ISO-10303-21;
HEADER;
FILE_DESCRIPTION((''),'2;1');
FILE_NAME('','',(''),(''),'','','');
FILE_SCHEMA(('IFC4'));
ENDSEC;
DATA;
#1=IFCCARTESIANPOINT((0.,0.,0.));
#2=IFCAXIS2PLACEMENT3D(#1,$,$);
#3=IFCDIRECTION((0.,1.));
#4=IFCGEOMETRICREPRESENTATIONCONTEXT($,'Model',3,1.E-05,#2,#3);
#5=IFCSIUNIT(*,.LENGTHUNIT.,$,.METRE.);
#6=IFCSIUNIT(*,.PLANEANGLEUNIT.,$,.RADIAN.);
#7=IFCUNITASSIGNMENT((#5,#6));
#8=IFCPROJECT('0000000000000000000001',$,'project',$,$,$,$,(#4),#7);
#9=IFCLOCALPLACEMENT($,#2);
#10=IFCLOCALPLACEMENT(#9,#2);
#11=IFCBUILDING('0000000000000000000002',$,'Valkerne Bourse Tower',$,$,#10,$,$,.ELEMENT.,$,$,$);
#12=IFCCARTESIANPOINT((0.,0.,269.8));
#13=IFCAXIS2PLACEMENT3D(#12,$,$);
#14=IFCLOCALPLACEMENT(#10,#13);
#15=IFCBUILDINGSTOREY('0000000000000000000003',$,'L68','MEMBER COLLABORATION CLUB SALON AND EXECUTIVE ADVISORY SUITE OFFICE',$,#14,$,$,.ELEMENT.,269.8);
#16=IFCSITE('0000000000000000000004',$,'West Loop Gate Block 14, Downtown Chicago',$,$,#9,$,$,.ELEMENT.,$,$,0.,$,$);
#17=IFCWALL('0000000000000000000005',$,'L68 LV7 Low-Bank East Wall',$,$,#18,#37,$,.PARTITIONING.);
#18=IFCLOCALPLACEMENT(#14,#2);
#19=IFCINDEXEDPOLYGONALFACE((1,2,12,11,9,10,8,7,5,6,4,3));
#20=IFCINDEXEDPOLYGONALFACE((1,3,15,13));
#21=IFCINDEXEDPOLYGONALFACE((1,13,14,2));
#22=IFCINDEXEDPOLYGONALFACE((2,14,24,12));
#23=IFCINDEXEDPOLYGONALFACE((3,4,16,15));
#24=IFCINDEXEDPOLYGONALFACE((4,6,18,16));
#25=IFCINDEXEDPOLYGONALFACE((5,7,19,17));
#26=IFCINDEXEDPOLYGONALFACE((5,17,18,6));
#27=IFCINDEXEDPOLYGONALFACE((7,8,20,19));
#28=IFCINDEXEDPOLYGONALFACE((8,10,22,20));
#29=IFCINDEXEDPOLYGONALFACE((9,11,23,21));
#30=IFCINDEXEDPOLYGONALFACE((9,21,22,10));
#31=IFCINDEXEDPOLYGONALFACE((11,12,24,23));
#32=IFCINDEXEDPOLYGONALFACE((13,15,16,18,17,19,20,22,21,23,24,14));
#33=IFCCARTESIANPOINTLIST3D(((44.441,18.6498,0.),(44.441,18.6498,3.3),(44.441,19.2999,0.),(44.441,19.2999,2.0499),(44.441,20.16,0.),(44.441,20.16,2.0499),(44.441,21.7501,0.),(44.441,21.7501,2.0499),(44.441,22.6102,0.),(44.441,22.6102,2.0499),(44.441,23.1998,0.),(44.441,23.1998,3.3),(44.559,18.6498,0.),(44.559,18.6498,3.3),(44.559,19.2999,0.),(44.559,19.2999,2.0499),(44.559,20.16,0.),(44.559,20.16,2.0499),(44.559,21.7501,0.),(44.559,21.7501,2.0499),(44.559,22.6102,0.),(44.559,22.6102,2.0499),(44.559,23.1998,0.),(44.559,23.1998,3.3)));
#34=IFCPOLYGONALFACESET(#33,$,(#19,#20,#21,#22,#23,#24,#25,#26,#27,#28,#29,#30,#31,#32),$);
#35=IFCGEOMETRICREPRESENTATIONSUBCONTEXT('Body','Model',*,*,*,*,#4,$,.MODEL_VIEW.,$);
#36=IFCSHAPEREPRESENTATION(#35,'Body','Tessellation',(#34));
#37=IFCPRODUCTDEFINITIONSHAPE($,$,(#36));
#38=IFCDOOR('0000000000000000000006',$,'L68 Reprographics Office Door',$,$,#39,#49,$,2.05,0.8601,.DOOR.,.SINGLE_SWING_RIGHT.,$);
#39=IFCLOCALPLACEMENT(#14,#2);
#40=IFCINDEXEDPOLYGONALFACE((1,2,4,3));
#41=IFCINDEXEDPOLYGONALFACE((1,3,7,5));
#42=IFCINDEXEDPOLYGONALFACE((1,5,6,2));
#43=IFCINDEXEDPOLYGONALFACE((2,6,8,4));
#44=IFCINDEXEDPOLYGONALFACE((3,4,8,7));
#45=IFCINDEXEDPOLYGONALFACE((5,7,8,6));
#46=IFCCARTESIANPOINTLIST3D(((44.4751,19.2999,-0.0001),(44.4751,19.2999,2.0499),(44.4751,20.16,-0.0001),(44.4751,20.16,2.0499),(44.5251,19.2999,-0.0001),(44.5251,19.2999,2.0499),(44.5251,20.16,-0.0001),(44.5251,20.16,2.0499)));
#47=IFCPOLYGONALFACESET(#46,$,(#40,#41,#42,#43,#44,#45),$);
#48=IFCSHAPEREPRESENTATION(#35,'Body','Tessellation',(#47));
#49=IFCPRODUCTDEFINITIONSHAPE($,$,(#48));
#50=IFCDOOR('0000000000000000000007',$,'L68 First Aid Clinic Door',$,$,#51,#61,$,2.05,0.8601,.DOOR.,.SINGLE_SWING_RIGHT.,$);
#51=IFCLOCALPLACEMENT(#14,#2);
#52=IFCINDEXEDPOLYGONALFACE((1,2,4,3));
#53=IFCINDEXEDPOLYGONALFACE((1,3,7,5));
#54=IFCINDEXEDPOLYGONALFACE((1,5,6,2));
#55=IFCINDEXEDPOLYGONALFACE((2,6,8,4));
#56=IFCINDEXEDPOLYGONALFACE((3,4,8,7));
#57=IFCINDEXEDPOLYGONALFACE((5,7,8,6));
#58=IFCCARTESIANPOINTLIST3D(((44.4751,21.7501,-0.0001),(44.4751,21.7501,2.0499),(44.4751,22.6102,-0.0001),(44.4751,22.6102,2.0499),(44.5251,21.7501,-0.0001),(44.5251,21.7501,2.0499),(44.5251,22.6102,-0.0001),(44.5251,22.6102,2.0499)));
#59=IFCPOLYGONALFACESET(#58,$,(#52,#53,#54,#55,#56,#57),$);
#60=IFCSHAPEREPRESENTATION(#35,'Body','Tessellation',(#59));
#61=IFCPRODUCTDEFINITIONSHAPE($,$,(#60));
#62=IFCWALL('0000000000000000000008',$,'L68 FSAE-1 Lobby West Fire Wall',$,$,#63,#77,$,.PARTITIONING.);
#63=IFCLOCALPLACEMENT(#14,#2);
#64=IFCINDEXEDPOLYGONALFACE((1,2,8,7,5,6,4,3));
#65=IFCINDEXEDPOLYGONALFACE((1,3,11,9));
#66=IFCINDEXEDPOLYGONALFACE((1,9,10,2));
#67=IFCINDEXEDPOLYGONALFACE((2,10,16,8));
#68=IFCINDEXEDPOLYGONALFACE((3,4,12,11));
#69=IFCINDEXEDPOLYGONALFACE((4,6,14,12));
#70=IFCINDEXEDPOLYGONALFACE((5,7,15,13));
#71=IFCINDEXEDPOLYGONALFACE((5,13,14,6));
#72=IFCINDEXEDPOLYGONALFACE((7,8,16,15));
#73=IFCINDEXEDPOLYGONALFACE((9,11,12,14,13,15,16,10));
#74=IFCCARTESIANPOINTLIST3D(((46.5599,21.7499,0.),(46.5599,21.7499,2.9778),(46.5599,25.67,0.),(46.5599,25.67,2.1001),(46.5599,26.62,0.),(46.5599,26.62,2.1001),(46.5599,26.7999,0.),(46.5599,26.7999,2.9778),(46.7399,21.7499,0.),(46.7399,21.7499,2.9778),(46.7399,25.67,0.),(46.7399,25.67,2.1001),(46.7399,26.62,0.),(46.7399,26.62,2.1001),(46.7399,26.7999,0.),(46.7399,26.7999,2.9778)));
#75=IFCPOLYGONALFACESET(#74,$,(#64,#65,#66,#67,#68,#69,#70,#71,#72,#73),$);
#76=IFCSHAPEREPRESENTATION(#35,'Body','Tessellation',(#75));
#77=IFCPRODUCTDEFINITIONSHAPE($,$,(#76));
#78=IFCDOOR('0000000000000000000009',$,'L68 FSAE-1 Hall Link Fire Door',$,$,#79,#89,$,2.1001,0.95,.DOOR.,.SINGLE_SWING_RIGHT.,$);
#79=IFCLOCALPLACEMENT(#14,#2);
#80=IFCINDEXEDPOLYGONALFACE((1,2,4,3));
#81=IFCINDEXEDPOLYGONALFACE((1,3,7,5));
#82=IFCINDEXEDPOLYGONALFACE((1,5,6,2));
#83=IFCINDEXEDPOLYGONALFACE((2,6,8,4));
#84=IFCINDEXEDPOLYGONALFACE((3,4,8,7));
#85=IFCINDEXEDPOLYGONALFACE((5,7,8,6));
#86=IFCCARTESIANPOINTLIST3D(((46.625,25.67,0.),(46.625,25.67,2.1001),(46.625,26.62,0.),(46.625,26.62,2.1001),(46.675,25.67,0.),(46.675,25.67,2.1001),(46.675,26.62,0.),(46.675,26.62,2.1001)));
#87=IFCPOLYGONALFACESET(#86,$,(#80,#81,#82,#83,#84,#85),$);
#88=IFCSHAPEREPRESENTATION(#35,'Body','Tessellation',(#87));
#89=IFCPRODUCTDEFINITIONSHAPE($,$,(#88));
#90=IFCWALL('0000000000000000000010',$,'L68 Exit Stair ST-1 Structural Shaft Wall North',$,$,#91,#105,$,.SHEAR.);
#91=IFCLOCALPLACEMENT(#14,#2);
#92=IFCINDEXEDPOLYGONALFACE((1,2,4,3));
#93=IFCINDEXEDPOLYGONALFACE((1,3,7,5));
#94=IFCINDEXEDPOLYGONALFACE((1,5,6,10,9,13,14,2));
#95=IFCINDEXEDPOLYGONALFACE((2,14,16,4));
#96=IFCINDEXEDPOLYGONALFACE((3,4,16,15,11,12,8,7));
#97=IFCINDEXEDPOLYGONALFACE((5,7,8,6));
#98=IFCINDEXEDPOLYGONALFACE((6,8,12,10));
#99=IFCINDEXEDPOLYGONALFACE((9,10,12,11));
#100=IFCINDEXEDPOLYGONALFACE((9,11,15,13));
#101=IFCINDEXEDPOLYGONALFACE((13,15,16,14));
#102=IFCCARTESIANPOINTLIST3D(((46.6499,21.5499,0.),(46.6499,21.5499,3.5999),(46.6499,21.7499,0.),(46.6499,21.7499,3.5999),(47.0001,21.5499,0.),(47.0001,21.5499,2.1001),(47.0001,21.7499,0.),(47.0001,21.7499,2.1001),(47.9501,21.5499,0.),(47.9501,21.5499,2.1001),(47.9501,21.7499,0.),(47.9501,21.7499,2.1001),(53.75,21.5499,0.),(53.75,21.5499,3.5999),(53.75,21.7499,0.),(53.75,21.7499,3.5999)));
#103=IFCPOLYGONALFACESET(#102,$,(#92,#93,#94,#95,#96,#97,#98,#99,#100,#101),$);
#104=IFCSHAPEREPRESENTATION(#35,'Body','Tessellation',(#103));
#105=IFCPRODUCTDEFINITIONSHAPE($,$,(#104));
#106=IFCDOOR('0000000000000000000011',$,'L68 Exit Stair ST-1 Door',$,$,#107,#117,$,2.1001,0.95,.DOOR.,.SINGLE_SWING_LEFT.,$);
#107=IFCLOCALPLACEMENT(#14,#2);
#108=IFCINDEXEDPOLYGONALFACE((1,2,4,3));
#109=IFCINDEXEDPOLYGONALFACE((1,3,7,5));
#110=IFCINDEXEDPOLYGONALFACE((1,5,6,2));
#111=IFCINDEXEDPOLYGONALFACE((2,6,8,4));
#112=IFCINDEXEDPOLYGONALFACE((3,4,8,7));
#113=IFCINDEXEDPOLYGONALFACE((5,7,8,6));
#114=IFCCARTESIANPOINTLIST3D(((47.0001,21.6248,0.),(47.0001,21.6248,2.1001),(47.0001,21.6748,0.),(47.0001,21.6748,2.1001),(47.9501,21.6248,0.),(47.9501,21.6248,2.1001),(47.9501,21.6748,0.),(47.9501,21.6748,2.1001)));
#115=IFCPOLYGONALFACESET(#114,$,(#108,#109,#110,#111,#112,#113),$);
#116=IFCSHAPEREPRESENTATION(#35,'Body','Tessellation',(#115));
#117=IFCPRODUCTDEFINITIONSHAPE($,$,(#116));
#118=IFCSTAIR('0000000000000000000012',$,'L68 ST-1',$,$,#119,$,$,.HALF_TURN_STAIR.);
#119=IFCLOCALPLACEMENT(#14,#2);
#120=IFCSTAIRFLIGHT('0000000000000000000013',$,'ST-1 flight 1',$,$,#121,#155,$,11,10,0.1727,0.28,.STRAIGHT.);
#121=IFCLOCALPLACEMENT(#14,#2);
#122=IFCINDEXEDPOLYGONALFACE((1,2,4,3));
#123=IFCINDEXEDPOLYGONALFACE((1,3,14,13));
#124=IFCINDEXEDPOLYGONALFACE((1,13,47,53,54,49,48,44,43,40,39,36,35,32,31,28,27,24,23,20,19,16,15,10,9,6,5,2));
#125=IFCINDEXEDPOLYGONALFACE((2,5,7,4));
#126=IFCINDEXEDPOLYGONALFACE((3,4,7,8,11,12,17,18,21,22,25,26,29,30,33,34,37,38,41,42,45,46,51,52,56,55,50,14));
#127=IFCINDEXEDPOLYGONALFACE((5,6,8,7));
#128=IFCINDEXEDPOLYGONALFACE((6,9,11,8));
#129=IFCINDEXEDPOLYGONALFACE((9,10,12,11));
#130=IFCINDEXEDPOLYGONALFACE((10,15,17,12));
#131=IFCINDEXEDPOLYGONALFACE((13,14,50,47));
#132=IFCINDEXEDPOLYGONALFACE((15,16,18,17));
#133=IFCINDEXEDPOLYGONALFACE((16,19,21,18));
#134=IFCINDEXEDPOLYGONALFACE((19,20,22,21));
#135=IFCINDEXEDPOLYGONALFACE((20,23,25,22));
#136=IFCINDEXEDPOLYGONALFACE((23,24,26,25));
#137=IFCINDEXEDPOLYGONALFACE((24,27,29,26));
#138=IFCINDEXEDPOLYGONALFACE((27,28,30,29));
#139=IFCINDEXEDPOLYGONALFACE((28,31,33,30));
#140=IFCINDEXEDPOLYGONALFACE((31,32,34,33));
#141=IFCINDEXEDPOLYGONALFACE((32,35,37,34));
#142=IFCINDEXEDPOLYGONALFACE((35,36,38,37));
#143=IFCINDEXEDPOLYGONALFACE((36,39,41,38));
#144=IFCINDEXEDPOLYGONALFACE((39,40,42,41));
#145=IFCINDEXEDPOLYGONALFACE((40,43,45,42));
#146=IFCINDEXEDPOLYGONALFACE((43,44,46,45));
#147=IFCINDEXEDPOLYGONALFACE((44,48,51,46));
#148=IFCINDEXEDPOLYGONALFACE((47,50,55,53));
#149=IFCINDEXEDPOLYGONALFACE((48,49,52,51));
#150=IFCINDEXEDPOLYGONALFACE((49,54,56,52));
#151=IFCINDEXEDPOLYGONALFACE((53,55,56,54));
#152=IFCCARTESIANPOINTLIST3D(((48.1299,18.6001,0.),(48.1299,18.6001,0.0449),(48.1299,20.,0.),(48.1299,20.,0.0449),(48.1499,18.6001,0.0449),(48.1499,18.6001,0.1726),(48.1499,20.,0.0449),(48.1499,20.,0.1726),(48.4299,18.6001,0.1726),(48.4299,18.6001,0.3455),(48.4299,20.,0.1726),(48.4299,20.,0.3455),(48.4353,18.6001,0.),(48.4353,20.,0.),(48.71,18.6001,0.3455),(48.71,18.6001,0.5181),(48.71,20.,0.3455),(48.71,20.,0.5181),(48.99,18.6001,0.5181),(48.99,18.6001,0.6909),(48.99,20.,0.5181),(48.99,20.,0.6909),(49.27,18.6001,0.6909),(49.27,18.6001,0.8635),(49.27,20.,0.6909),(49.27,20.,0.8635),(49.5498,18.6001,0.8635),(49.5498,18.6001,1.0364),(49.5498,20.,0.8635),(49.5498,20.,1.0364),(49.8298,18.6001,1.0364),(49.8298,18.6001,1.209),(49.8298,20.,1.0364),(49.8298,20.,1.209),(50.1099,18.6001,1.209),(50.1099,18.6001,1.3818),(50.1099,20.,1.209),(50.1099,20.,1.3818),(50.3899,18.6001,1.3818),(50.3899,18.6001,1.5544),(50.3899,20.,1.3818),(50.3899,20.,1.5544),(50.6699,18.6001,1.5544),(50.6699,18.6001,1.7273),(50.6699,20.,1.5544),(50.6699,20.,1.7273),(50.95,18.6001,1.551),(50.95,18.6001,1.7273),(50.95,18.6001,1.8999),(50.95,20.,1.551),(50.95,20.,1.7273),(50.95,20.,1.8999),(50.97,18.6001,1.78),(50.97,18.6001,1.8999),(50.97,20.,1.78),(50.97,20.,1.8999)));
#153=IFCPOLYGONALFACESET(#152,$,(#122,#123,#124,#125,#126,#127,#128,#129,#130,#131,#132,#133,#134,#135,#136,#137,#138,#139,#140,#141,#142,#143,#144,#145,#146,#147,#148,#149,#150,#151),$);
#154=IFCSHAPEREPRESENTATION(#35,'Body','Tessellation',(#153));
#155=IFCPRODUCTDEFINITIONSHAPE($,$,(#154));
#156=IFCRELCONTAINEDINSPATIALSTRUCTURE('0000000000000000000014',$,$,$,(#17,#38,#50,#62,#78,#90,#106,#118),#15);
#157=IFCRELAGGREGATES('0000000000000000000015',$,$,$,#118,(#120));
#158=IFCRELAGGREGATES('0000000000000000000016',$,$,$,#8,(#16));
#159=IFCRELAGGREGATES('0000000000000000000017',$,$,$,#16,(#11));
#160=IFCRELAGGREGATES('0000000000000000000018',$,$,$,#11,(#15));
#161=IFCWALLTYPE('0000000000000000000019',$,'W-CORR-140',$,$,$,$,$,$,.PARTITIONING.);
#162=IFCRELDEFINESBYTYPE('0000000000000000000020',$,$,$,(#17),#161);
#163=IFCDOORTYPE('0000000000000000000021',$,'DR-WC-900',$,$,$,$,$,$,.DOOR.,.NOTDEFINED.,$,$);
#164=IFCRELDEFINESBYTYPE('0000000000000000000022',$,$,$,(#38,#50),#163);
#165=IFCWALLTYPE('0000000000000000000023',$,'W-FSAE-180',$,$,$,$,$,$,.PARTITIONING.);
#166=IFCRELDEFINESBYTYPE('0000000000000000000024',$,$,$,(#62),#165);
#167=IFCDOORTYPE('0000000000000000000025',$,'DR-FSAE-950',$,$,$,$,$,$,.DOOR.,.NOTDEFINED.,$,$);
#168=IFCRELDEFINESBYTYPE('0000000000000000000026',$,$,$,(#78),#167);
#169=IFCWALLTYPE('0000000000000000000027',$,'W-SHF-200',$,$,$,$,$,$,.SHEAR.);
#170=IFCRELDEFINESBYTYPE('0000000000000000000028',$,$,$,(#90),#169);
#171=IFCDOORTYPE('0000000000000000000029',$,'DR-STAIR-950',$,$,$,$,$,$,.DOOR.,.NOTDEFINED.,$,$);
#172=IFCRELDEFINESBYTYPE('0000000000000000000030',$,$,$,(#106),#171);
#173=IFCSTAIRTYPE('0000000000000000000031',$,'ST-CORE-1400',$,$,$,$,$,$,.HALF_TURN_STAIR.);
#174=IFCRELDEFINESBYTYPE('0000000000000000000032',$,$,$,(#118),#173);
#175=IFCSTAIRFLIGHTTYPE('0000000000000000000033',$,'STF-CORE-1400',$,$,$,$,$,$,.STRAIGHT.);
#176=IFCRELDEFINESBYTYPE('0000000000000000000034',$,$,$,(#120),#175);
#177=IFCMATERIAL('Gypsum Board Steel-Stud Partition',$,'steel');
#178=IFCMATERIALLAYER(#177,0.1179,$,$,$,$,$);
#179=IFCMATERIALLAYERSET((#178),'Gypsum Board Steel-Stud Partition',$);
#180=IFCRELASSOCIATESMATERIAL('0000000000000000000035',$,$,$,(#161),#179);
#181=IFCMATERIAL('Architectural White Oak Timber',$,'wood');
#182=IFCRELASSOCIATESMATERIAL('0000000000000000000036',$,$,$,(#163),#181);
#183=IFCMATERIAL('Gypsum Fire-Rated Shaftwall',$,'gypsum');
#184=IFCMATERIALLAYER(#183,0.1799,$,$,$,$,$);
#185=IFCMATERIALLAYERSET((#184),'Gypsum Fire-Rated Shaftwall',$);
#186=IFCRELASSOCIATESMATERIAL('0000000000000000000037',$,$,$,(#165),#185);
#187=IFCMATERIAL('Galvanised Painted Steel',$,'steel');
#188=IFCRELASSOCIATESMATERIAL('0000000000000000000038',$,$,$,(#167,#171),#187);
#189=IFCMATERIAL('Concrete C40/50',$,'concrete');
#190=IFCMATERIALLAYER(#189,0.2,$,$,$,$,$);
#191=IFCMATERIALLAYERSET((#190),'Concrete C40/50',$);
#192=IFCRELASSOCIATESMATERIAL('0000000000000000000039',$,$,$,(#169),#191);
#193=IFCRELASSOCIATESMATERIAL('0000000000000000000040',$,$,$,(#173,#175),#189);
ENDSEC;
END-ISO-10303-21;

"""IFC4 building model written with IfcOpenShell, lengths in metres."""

from ifc_helpers import new_model, si_unit, direction, frame, frame_2d, origin, place, context, subcontext, project, spatial, polyline, rectangle, outline, extrude, material, layer, layer_set, type_object, element, fill, aggregate, save


model = new_model("IFC4")

# Units and contexts
model_context = context("Model", 3, precision=1e-05, world=origin(), true_north=direction((0.0, 1.0)))
body_context = subcontext(model_context, "Body", "Model", "MODEL_VIEW")
ifc_project = project(units=[si_unit("LENGTHUNIT", "METRE"), si_unit("PLANEANGLEUNIT", "RADIAN")], contexts=[model_context])

# Site, building, storey
site_placement = place(None, origin())
site = spatial("IfcSite", under=ifc_project, at=site_placement, Name="West Loop Gate Block 14, Downtown Chicago", CompositionType="ELEMENT", RefElevation=0.0)
building_placement = place(site_placement, origin())
building = spatial("IfcBuilding", under=site, at=building_placement, Name="Valkerne Bourse Tower", CompositionType="ELEMENT")
storey_placement = place(building_placement, frame((0.0, 0.0, 269.8)))
storey = spatial("IfcBuildingStorey", under=building, at=storey_placement, Name="L68", Description="MEMBER COLLABORATION CLUB SALON AND EXECUTIVE ADVISORY SUITE OFFICE", CompositionType="ELEMENT", Elevation=269.8)

# Wall, openings, doors
ifc_material_1 = material(Name="Gypsum Board Steel-Stud Partition", Category="steel")
ifc_layer_1 = layer(ifc_material_1, 0.1179)
ifc_layer_set_1 = layer_set([ifc_layer_1], Name="Gypsum Board Steel-Stud Partition")
wall_type_1 = type_object("IfcWallType", Name="W-CORR-140", PredefinedType="PARTITIONING", material=ifc_layer_set_1)
wall_1_placement = place(storey_placement, frame((44.5, 18.6499, 0.0), z_axis=(0.0, 0.0, 1.0), x_axis=(0.0, 1.0, 0.0)))
wall_1 = element("IfcWall", 1, at=wall_1_placement, inside=storey, type_object=wall_type_1, Name="L68 LV7 Low-Bank East Wall", PredefinedType="PARTITIONING", context=body_context, shape_type="SweptSolid", body=[
    extrude(rectangle(XDim=4.55, YDim=0.1179, at=frame_2d((2.2749, 0.0))), origin(), (0.0, 0.0, 1.0), 3.3),
])
opening_1_placement = place(wall_1_placement, frame((0.6499, 0.0, 0.0)))
opening_1 = element("IfcOpeningElement", 2, at=opening_1_placement, cuts=wall_1, PredefinedType="OPENING", context=body_context, shape_type="SweptSolid", body=[
    extrude(rectangle(XDim=0.8601, YDim=2.05, at=frame_2d((0.4302, 1.0249))), frame((0.0, 0.0688, 0.0), z_axis=(0.0, -1.0, 0.0), x_axis=(1.0, 0.0, 0.0)), (0.0, 0.0, 1.0), 0.1379),
])
opening_2_placement = place(wall_1_placement, frame((3.1001, 0.0, 0.0)))
opening_2 = element("IfcOpeningElement", 3, at=opening_2_placement, cuts=wall_1, PredefinedType="OPENING", context=body_context, shape_type="SweptSolid", body=[
    extrude(rectangle(XDim=0.8601, YDim=2.05, at=frame_2d((0.4302, 1.0249))), frame((0.0, 0.0688, 0.0), z_axis=(0.0, -1.0, 0.0), x_axis=(1.0, 0.0, 0.0)), (0.0, 0.0, 1.0), 0.1379),
])
ifc_material_2 = material(Name="Architectural White Oak Timber", Category="wood")
door_type_1 = type_object("IfcDoorType", Name="DR-WC-900", OperationType="NOTDEFINED", PredefinedType="DOOR", material=ifc_material_2)
door_1_placement = place(opening_1_placement, origin())
door_1 = element("IfcDoor", 4, at=door_1_placement, inside=storey, type_object=door_type_1, Name="L68 Reprographics Office Door", OperationType="SINGLE_SWING_RIGHT", OverallHeight=2.05, OverallWidth=0.8601, PredefinedType="DOOR", context=body_context, shape_type="SweptSolid", body=[
    extrude(rectangle(XDim=0.8601, YDim=2.05, at=frame_2d((0.4302, 1.0249))), frame((0.0, 0.0249, 0.0), z_axis=(0.0, -1.0, 0.0), x_axis=(1.0, 0.0, 0.0)), (0.0, 0.0, 1.0), 0.05),
])
fill(opening_1, door_1)
door_2_placement = place(opening_2_placement, origin())
door_2 = element("IfcDoor", 5, at=door_2_placement, inside=storey, type_object=door_type_1, Name="L68 First Aid Clinic Door", OperationType="SINGLE_SWING_RIGHT", OverallHeight=2.05, OverallWidth=0.8601, PredefinedType="DOOR", context=body_context, shape_type="SweptSolid", body=[
    extrude(rectangle(XDim=0.8601, YDim=2.05, at=frame_2d((0.4302, 1.0249))), frame((0.0, 0.0249, 0.0), z_axis=(0.0, -1.0, 0.0), x_axis=(1.0, 0.0, 0.0)), (0.0, 0.0, 1.0), 0.05),
])
fill(opening_2, door_2)

# Wall, opening, door
ifc_material_3 = material(Name="Gypsum Fire-Rated Shaftwall", Category="gypsum")
ifc_layer_2 = layer(ifc_material_3, 0.1799)
ifc_layer_set_2 = layer_set([ifc_layer_2], Name="Gypsum Fire-Rated Shaftwall")
wall_type_2 = type_object("IfcWallType", Name="W-FSAE-180", PredefinedType="PARTITIONING", material=ifc_layer_set_2)
wall_2_placement = place(storey_placement, frame((46.6499, 21.75, 0.0), z_axis=(0.0, 0.0, 1.0), x_axis=(0.0, 1.0, 0.0)))
wall_2 = element("IfcWall", 6, at=wall_2_placement, inside=storey, type_object=wall_type_2, Name="L68 FSAE-1 Lobby West Fire Wall", PredefinedType="PARTITIONING", context=body_context, shape_type="SweptSolid", body=[
    extrude(rectangle(XDim=5.05, YDim=0.1799, at=frame_2d((2.5249, 0.0))), origin(), (0.0, 0.0, 1.0), 2.9778),
])
opening_3_placement = place(wall_2_placement, frame((3.9199, 0.0, 0.0)))
opening_3 = element("IfcOpeningElement", 7, at=opening_3_placement, cuts=wall_2, PredefinedType="OPENING", context=body_context, shape_type="SweptSolid", body=[
    extrude(rectangle(XDim=0.95, YDim=2.1001, at=frame_2d((0.4751, 1.05))), frame((0.0, 0.0999, 0.0), z_axis=(0.0, -1.0, 0.0), x_axis=(1.0, 0.0, 0.0)), (0.0, 0.0, 1.0), 0.2),
])
ifc_material_4 = material(Name="Galvanised Painted Steel", Category="steel")
door_type_2 = type_object("IfcDoorType", Name="DR-FSAE-950", OperationType="NOTDEFINED", PredefinedType="DOOR", material=ifc_material_4)
door_3_placement = place(opening_3_placement, origin())
door_3 = element("IfcDoor", 8, at=door_3_placement, inside=storey, type_object=door_type_2, Name="L68 FSAE-1 Hall Link Fire Door", OperationType="SINGLE_SWING_RIGHT", OverallHeight=2.1001, OverallWidth=0.95, PredefinedType="DOOR", context=body_context, shape_type="SweptSolid", body=[
    extrude(rectangle(XDim=0.95, YDim=2.1001, at=frame_2d((0.4751, 1.05))), frame((0.0, 0.0249, 0.0), z_axis=(0.0, -1.0, 0.0), x_axis=(1.0, 0.0, 0.0)), (0.0, 0.0, 1.0), 0.05),
])
fill(opening_3, door_3)

# Wall, opening, door
ifc_material_5 = material(Name="Concrete C40/50", Category="concrete")
ifc_layer_3 = layer(ifc_material_5, 0.2)
ifc_layer_set_3 = layer_set([ifc_layer_3], Name="Concrete C40/50")
wall_type_3 = type_object("IfcWallType", Name="W-SHF-200", PredefinedType="SHEAR", material=ifc_layer_set_3)
wall_3_placement = place(storey_placement, frame((46.6499, 21.6499, 0.0), z_axis=(0.0, 0.0, 1.0), x_axis=(1.0, 0.0, 0.0)))
wall_3 = element("IfcWall", 9, at=wall_3_placement, inside=storey, type_object=wall_type_3, Name="L68 Exit Stair ST-1 Structural Shaft Wall North", PredefinedType="SHEAR", context=body_context, shape_type="SweptSolid", body=[
    extrude(rectangle(XDim=7.1001, YDim=0.2, at=frame_2d((3.55, 0.0))), origin(), (0.0, 0.0, 1.0), 3.5999),
])
opening_4_placement = place(wall_3_placement, frame((0.3501, 0.0, 0.0)))
opening_4 = element("IfcOpeningElement", 10, at=opening_4_placement, cuts=wall_3, PredefinedType="OPENING", context=body_context, shape_type="SweptSolid", body=[
    extrude(rectangle(XDim=0.95, YDim=2.1001, at=frame_2d((0.4751, 1.05))), frame((0.0, 0.1099, 0.0), z_axis=(0.0, -1.0, 0.0), x_axis=(1.0, 0.0, 0.0)), (0.0, 0.0, 1.0), 0.22),
])
door_type_3 = type_object("IfcDoorType", Name="DR-STAIR-950", OperationType="NOTDEFINED", PredefinedType="DOOR", material=ifc_material_4)
door_4_placement = place(opening_4_placement, origin())
door_4 = element("IfcDoor", 11, at=door_4_placement, inside=storey, type_object=door_type_3, Name="L68 Exit Stair ST-1 Door", OperationType="SINGLE_SWING_LEFT", OverallHeight=2.1001, OverallWidth=0.95, PredefinedType="DOOR", context=body_context, shape_type="SweptSolid", body=[
    extrude(rectangle(XDim=0.95, YDim=2.1001, at=frame_2d((0.4751, 1.05))), frame((0.0, 0.0249, 0.0), z_axis=(0.0, -1.0, 0.0), x_axis=(1.0, 0.0, 0.0)), (0.0, 0.0, 1.0), 0.05),
])
fill(opening_4, door_4)

# Stair, stair flight
stair_type = type_object("IfcStairType", Name="ST-CORE-1400", PredefinedType="HALF_TURN_STAIR", material=ifc_material_5)
stair_placement = place(storey_placement, origin())
stair = element("IfcStair", 12, at=stair_placement, inside=storey, type_object=stair_type, Name="L68 ST-1", PredefinedType="HALF_TURN_STAIR")
stair_flight_type = type_object("IfcStairFlightType", Name="STF-CORE-1400", PredefinedType="STRAIGHT", material=ifc_material_5)
stair_flight_1_placement = place(storey_placement, frame((48.1499, 19.3, 0.0), z_axis=(0.0, 0.0, 1.0), x_axis=(1.0, 0.0, 0.0)))
stair_flight_1 = element("IfcStairFlight", 13, at=stair_flight_1_placement, type_object=stair_flight_type, Name="ST-1 flight 1", NumberOfRisers=11, NumberOfTreads=10, PredefinedType="STRAIGHT", RiserHeight=0.1727, TreadLength=0.28, context=body_context, shape_type="SweptSolid", body=[
    extrude(outline(polyline([(-0.02, 0.0), (-0.02, 0.0449), (0.0, 0.0449), (0.0, 0.1726), (0.28, 0.1726), (0.28, 0.3455), (0.5601, 0.3455), (0.5601, 0.5181), (0.8401, 0.5181), (0.8401, 0.6909), (1.1201, 0.6909), (1.1201, 0.8635), (1.3999, 0.8635), (1.3999, 1.0364), (1.6799, 1.0364), (1.6799, 1.209), (1.96, 1.209), (1.96, 1.3818), (2.24, 1.3818), (2.24, 1.5544), (2.52, 1.5544), (2.52, 1.7273), (2.8, 1.7273), (2.8, 1.8999), (2.8201, 1.8999), (2.8201, 1.78), (2.8, 1.551), (0.2854, 0.0), (-0.02, 0.0)])), frame((0.0, 0.7, 0.0), z_axis=(0.0, -1.0, 0.0), x_axis=(1.0, 0.0, 0.0)), (0.0, 0.0, 1.0), 1.3999),
])
aggregate(stair, [stair_flight_1])

save(model, "model.ifc")
